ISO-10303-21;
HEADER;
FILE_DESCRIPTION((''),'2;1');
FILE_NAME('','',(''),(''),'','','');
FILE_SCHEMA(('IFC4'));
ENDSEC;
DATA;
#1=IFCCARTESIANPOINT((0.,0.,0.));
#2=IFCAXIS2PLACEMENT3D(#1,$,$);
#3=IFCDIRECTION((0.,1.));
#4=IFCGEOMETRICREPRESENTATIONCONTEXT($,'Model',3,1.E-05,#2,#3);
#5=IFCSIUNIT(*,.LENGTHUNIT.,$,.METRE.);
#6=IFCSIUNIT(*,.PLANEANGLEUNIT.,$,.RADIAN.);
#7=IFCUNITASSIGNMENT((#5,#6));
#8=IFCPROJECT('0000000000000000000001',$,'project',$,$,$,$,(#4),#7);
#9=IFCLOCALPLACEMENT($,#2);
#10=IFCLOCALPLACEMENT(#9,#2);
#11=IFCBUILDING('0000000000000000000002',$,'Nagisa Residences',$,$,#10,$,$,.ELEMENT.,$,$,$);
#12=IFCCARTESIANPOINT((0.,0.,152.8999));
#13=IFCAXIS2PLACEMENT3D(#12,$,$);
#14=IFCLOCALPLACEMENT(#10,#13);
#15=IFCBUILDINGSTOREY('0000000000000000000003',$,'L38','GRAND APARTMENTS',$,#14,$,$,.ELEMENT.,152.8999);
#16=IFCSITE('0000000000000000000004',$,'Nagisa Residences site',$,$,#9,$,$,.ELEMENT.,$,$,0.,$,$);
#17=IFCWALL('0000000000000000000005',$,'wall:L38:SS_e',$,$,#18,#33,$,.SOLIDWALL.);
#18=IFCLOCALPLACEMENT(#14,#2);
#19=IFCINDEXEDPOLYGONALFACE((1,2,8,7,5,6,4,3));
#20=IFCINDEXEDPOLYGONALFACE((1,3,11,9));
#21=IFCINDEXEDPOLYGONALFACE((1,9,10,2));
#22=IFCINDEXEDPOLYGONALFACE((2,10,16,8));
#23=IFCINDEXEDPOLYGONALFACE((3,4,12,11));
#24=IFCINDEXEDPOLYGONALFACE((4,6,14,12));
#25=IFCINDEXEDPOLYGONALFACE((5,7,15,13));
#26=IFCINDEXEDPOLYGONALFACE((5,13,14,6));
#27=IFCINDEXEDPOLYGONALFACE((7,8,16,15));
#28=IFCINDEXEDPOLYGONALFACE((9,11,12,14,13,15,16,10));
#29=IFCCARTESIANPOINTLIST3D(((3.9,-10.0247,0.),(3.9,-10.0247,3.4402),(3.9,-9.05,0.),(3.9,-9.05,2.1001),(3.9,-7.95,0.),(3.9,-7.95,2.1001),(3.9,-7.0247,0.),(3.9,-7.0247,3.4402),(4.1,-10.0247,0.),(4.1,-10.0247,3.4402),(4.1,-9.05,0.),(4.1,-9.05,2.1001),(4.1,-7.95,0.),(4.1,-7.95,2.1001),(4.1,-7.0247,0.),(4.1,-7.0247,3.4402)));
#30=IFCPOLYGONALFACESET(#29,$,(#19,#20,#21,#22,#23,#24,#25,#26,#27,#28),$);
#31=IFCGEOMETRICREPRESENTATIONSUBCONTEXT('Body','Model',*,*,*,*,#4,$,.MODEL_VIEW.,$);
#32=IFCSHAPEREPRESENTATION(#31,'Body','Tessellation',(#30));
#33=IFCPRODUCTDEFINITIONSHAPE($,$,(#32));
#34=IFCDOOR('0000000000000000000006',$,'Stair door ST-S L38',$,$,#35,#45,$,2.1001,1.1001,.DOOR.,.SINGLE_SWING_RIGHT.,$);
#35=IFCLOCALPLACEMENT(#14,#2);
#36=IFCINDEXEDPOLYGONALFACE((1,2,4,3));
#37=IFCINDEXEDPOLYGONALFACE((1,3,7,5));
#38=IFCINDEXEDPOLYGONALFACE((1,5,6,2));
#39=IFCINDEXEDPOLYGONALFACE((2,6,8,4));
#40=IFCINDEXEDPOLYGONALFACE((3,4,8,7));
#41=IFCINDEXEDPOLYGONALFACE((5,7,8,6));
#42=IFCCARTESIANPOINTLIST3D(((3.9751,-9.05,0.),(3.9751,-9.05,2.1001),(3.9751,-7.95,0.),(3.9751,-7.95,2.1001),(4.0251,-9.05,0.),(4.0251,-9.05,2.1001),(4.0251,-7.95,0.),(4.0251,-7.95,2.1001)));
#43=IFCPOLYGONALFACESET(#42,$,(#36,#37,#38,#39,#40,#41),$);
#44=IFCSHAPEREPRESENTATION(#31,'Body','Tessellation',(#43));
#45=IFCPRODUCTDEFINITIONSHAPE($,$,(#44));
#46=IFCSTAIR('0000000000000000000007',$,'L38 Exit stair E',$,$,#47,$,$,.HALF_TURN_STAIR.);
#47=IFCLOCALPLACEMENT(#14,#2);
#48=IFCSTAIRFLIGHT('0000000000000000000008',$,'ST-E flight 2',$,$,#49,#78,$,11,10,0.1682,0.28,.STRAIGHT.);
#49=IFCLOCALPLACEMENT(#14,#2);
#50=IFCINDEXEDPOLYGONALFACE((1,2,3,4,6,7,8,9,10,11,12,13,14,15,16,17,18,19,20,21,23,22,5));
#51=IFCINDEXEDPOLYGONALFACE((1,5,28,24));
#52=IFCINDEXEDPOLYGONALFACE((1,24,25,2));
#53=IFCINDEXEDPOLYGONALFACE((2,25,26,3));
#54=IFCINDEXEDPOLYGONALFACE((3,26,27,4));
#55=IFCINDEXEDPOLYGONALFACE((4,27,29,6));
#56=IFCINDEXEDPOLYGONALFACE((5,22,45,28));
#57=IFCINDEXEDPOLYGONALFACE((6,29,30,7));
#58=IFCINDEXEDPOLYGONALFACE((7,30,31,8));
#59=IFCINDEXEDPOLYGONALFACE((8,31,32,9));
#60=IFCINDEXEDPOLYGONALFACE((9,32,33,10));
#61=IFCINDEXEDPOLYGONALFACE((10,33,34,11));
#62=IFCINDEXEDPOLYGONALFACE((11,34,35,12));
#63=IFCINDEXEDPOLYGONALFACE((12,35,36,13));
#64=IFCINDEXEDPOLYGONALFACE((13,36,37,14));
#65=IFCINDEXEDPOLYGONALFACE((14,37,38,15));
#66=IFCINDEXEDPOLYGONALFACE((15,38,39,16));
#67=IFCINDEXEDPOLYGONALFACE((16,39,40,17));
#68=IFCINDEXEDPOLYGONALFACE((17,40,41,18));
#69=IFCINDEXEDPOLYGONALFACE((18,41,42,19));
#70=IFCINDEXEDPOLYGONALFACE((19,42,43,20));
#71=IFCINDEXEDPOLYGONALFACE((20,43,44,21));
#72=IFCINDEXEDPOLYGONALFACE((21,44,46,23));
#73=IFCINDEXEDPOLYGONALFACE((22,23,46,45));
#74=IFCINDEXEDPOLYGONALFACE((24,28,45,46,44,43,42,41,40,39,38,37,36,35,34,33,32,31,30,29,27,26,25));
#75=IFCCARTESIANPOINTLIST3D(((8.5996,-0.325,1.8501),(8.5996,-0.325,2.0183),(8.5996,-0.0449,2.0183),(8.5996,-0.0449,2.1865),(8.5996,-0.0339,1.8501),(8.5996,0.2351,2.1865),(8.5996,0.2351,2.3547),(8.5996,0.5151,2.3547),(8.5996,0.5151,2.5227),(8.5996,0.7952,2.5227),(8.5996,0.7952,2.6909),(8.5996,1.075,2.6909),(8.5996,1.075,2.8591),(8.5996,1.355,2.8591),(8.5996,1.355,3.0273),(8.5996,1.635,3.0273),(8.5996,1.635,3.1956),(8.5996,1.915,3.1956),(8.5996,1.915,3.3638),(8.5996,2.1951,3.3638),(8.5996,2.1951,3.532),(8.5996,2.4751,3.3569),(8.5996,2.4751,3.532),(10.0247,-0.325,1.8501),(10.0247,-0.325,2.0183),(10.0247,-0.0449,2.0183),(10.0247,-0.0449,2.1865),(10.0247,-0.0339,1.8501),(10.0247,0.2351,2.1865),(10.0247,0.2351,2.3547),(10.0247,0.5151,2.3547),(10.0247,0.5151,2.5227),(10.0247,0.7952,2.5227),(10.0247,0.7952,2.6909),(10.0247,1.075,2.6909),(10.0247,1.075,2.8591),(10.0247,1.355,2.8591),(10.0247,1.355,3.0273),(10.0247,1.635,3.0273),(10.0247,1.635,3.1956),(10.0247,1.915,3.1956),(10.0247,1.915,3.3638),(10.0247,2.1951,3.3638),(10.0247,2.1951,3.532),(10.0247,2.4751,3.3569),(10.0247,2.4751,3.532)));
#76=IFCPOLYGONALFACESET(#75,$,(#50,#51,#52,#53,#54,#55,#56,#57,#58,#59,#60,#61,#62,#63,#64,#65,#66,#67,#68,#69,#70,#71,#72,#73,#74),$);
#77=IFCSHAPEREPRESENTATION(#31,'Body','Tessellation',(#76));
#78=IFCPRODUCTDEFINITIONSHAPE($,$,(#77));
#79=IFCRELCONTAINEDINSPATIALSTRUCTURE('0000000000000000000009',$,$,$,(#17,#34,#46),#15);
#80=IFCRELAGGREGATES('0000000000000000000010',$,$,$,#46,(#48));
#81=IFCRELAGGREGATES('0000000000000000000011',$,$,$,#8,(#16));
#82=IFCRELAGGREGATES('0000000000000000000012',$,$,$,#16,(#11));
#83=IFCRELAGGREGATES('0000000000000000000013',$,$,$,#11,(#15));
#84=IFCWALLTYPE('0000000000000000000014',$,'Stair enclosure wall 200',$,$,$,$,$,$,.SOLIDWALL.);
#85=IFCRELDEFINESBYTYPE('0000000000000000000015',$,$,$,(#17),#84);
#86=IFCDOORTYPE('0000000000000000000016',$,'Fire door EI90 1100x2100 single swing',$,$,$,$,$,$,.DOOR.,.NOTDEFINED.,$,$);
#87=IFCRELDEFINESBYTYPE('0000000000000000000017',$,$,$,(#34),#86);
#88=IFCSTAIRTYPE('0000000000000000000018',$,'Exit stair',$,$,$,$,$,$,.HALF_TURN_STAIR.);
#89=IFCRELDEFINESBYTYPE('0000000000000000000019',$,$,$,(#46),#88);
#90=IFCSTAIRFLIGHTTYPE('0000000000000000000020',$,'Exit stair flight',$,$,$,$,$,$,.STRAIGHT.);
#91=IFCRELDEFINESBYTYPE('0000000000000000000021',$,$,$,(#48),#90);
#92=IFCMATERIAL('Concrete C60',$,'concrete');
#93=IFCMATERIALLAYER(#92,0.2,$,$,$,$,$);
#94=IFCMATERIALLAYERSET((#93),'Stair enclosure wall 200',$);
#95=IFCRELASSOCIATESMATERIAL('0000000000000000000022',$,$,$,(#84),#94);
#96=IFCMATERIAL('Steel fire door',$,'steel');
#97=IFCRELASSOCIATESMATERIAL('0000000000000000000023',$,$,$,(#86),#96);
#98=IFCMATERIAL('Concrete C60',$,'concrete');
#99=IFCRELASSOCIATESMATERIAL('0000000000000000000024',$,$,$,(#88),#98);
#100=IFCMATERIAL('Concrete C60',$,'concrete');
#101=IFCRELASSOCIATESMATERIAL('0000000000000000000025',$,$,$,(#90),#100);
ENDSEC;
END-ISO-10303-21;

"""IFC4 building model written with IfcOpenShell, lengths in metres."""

from ifc_helpers import new_model, si_unit, direction, frame, frame_2d, origin, place, context, subcontext, project, spatial, polyline, rectangle, outline, extrude, material, layer, layer_set, type_object, element, fill, aggregate, save


model = new_model("IFC4")

# Units and contexts
model_context = context("Model", 3, precision=1e-05, world=origin(), true_north=direction((0.0, 1.0)))
body_context = subcontext(model_context, "Body", "Model", "MODEL_VIEW")
ifc_project = project(units=[si_unit("LENGTHUNIT", "METRE"), si_unit("PLANEANGLEUNIT", "RADIAN")], contexts=[model_context])

# Site, building, storey
site_placement = place(None, origin())
site = spatial("IfcSite", under=ifc_project, at=site_placement, Name="Nagisa Residences site", CompositionType="ELEMENT", RefElevation=0.0)
building_placement = place(site_placement, origin())
building = spatial("IfcBuilding", under=site, at=building_placement, Name="Nagisa Residences", CompositionType="ELEMENT")
storey_placement = place(building_placement, frame((0.0, 0.0, 152.8999)))
storey = spatial("IfcBuildingStorey", under=building, at=storey_placement, Name="L38", Description="GRAND APARTMENTS", CompositionType="ELEMENT", Elevation=152.8999)

# Wall, opening, door
ifc_material_1 = material(Name="Concrete C60", Category="concrete")
ifc_layer_1 = layer(ifc_material_1, 0.2)
ifc_layer_set_1 = layer_set([ifc_layer_1], Name="Stair enclosure wall 200")
wall_type_1 = type_object("IfcWallType", Name="Stair enclosure wall 200", PredefinedType="SOLIDWALL", material=ifc_layer_set_1)
wall_1_placement = place(storey_placement, frame((4.0, -10.0247, 0.0), z_axis=(0.0, 0.0, 1.0), x_axis=(0.0, 1.0, 0.0)))
wall_1 = element("IfcWall", 1, at=wall_1_placement, inside=storey, type_object=wall_type_1, Name="wall:L38:SS_e", PredefinedType="SOLIDWALL", context=body_context, shape_type="SweptSolid", body=[
    extrude(rectangle(XDim=3.0, YDim=0.2, at=frame_2d((1.5, 0.0))), origin(), (0.0, 0.0, 1.0), 3.4402),
])
opening_1_placement = place(wall_1_placement, frame((0.9746, 0.0, 0.0)))
opening_1 = element("IfcOpeningElement", 2, at=opening_1_placement, cuts=wall_1, PredefinedType="OPENING", context=body_context, shape_type="SweptSolid", body=[
    extrude(rectangle(XDim=1.1001, YDim=2.1001, at=frame_2d((0.55, 1.05))), frame((0.0, 0.1099, 0.0), z_axis=(0.0, -1.0, 0.0), x_axis=(1.0, 0.0, 0.0)), (0.0, 0.0, 1.0), 0.22),
])
ifc_material_2 = material(Name="Steel fire door", Category="steel")
door_type_1 = type_object("IfcDoorType", Name="Fire door EI90 1100x2100 single swing", OperationType="NOTDEFINED", PredefinedType="DOOR", material=ifc_material_2)
door_1_placement = place(opening_1_placement, origin())
door_1 = element("IfcDoor", 3, at=door_1_placement, inside=storey, type_object=door_type_1, Name="Stair door ST-S L38", OperationType="SINGLE_SWING_RIGHT", OverallHeight=2.1001, OverallWidth=1.1001, PredefinedType="DOOR", context=body_context, shape_type="SweptSolid", body=[
    extrude(rectangle(XDim=1.1001, YDim=2.1001, at=frame_2d((0.55, 1.05))), frame((0.0, 0.0249, 0.0), z_axis=(0.0, -1.0, 0.0), x_axis=(1.0, 0.0, 0.0)), (0.0, 0.0, 1.0), 0.05),
])
fill(opening_1, door_1)

# Stair, stair flight
ifc_material_3 = material(Name="Concrete C60", Category="concrete")
stair_type = type_object("IfcStairType", Name="Exit stair", PredefinedType="HALF_TURN_STAIR", material=ifc_material_3)
stair_placement = place(storey_placement, origin())
stair = element("IfcStair", 4, at=stair_placement, inside=storey, type_object=stair_type, Name="L38 Exit stair E", PredefinedType="HALF_TURN_STAIR")
ifc_material_4 = material(Name="Concrete C60", Category="concrete")
stair_flight_type = type_object("IfcStairFlightType", Name="Exit stair flight", PredefinedType="STRAIGHT", material=ifc_material_4)
stair_flight_placement = place(storey_placement, frame((9.312, -0.325, 1.8501), z_axis=(0.0, 0.0, 1.0), x_axis=(0.0, 1.0, 0.0)))
stair_flight = element("IfcStairFlight", 5, at=stair_flight_placement, type_object=stair_flight_type, Name="ST-E flight 2", NumberOfRisers=11, NumberOfTreads=10, PredefinedType="STRAIGHT", RiserHeight=0.1682, TreadLength=0.28, context=body_context, shape_type="SweptSolid", body=[
    extrude(outline(polyline([(0.0, 0.0), (0.0, 0.1682), (0.28, 0.1682), (0.28, 0.3364), (0.5601, 0.3364), (0.5601, 0.5046), (0.8401, 0.5046), (0.8401, 0.6726), (1.1201, 0.6726), (1.1201, 0.8408), (1.3999, 0.8408), (1.3999, 1.009), (1.6799, 1.009), (1.6799, 1.1772), (1.96, 1.1772), (1.96, 1.3455), (2.24, 1.3455), (2.24, 1.5137), (2.52, 1.5137), (2.52, 1.6819), (2.8, 1.6819), (2.8, 1.8501), (2.8, 1.5068), (0.291, 0.0), (0.0, 0.0)])), frame((0.0, 0.7124, 0.0), z_axis=(0.0, -1.0, 0.0), x_axis=(1.0, 0.0, 0.0)), (0.0, 0.0, 1.0), 1.425),
])
aggregate(stair, [stair_flight])

save(model, "model.ifc")
